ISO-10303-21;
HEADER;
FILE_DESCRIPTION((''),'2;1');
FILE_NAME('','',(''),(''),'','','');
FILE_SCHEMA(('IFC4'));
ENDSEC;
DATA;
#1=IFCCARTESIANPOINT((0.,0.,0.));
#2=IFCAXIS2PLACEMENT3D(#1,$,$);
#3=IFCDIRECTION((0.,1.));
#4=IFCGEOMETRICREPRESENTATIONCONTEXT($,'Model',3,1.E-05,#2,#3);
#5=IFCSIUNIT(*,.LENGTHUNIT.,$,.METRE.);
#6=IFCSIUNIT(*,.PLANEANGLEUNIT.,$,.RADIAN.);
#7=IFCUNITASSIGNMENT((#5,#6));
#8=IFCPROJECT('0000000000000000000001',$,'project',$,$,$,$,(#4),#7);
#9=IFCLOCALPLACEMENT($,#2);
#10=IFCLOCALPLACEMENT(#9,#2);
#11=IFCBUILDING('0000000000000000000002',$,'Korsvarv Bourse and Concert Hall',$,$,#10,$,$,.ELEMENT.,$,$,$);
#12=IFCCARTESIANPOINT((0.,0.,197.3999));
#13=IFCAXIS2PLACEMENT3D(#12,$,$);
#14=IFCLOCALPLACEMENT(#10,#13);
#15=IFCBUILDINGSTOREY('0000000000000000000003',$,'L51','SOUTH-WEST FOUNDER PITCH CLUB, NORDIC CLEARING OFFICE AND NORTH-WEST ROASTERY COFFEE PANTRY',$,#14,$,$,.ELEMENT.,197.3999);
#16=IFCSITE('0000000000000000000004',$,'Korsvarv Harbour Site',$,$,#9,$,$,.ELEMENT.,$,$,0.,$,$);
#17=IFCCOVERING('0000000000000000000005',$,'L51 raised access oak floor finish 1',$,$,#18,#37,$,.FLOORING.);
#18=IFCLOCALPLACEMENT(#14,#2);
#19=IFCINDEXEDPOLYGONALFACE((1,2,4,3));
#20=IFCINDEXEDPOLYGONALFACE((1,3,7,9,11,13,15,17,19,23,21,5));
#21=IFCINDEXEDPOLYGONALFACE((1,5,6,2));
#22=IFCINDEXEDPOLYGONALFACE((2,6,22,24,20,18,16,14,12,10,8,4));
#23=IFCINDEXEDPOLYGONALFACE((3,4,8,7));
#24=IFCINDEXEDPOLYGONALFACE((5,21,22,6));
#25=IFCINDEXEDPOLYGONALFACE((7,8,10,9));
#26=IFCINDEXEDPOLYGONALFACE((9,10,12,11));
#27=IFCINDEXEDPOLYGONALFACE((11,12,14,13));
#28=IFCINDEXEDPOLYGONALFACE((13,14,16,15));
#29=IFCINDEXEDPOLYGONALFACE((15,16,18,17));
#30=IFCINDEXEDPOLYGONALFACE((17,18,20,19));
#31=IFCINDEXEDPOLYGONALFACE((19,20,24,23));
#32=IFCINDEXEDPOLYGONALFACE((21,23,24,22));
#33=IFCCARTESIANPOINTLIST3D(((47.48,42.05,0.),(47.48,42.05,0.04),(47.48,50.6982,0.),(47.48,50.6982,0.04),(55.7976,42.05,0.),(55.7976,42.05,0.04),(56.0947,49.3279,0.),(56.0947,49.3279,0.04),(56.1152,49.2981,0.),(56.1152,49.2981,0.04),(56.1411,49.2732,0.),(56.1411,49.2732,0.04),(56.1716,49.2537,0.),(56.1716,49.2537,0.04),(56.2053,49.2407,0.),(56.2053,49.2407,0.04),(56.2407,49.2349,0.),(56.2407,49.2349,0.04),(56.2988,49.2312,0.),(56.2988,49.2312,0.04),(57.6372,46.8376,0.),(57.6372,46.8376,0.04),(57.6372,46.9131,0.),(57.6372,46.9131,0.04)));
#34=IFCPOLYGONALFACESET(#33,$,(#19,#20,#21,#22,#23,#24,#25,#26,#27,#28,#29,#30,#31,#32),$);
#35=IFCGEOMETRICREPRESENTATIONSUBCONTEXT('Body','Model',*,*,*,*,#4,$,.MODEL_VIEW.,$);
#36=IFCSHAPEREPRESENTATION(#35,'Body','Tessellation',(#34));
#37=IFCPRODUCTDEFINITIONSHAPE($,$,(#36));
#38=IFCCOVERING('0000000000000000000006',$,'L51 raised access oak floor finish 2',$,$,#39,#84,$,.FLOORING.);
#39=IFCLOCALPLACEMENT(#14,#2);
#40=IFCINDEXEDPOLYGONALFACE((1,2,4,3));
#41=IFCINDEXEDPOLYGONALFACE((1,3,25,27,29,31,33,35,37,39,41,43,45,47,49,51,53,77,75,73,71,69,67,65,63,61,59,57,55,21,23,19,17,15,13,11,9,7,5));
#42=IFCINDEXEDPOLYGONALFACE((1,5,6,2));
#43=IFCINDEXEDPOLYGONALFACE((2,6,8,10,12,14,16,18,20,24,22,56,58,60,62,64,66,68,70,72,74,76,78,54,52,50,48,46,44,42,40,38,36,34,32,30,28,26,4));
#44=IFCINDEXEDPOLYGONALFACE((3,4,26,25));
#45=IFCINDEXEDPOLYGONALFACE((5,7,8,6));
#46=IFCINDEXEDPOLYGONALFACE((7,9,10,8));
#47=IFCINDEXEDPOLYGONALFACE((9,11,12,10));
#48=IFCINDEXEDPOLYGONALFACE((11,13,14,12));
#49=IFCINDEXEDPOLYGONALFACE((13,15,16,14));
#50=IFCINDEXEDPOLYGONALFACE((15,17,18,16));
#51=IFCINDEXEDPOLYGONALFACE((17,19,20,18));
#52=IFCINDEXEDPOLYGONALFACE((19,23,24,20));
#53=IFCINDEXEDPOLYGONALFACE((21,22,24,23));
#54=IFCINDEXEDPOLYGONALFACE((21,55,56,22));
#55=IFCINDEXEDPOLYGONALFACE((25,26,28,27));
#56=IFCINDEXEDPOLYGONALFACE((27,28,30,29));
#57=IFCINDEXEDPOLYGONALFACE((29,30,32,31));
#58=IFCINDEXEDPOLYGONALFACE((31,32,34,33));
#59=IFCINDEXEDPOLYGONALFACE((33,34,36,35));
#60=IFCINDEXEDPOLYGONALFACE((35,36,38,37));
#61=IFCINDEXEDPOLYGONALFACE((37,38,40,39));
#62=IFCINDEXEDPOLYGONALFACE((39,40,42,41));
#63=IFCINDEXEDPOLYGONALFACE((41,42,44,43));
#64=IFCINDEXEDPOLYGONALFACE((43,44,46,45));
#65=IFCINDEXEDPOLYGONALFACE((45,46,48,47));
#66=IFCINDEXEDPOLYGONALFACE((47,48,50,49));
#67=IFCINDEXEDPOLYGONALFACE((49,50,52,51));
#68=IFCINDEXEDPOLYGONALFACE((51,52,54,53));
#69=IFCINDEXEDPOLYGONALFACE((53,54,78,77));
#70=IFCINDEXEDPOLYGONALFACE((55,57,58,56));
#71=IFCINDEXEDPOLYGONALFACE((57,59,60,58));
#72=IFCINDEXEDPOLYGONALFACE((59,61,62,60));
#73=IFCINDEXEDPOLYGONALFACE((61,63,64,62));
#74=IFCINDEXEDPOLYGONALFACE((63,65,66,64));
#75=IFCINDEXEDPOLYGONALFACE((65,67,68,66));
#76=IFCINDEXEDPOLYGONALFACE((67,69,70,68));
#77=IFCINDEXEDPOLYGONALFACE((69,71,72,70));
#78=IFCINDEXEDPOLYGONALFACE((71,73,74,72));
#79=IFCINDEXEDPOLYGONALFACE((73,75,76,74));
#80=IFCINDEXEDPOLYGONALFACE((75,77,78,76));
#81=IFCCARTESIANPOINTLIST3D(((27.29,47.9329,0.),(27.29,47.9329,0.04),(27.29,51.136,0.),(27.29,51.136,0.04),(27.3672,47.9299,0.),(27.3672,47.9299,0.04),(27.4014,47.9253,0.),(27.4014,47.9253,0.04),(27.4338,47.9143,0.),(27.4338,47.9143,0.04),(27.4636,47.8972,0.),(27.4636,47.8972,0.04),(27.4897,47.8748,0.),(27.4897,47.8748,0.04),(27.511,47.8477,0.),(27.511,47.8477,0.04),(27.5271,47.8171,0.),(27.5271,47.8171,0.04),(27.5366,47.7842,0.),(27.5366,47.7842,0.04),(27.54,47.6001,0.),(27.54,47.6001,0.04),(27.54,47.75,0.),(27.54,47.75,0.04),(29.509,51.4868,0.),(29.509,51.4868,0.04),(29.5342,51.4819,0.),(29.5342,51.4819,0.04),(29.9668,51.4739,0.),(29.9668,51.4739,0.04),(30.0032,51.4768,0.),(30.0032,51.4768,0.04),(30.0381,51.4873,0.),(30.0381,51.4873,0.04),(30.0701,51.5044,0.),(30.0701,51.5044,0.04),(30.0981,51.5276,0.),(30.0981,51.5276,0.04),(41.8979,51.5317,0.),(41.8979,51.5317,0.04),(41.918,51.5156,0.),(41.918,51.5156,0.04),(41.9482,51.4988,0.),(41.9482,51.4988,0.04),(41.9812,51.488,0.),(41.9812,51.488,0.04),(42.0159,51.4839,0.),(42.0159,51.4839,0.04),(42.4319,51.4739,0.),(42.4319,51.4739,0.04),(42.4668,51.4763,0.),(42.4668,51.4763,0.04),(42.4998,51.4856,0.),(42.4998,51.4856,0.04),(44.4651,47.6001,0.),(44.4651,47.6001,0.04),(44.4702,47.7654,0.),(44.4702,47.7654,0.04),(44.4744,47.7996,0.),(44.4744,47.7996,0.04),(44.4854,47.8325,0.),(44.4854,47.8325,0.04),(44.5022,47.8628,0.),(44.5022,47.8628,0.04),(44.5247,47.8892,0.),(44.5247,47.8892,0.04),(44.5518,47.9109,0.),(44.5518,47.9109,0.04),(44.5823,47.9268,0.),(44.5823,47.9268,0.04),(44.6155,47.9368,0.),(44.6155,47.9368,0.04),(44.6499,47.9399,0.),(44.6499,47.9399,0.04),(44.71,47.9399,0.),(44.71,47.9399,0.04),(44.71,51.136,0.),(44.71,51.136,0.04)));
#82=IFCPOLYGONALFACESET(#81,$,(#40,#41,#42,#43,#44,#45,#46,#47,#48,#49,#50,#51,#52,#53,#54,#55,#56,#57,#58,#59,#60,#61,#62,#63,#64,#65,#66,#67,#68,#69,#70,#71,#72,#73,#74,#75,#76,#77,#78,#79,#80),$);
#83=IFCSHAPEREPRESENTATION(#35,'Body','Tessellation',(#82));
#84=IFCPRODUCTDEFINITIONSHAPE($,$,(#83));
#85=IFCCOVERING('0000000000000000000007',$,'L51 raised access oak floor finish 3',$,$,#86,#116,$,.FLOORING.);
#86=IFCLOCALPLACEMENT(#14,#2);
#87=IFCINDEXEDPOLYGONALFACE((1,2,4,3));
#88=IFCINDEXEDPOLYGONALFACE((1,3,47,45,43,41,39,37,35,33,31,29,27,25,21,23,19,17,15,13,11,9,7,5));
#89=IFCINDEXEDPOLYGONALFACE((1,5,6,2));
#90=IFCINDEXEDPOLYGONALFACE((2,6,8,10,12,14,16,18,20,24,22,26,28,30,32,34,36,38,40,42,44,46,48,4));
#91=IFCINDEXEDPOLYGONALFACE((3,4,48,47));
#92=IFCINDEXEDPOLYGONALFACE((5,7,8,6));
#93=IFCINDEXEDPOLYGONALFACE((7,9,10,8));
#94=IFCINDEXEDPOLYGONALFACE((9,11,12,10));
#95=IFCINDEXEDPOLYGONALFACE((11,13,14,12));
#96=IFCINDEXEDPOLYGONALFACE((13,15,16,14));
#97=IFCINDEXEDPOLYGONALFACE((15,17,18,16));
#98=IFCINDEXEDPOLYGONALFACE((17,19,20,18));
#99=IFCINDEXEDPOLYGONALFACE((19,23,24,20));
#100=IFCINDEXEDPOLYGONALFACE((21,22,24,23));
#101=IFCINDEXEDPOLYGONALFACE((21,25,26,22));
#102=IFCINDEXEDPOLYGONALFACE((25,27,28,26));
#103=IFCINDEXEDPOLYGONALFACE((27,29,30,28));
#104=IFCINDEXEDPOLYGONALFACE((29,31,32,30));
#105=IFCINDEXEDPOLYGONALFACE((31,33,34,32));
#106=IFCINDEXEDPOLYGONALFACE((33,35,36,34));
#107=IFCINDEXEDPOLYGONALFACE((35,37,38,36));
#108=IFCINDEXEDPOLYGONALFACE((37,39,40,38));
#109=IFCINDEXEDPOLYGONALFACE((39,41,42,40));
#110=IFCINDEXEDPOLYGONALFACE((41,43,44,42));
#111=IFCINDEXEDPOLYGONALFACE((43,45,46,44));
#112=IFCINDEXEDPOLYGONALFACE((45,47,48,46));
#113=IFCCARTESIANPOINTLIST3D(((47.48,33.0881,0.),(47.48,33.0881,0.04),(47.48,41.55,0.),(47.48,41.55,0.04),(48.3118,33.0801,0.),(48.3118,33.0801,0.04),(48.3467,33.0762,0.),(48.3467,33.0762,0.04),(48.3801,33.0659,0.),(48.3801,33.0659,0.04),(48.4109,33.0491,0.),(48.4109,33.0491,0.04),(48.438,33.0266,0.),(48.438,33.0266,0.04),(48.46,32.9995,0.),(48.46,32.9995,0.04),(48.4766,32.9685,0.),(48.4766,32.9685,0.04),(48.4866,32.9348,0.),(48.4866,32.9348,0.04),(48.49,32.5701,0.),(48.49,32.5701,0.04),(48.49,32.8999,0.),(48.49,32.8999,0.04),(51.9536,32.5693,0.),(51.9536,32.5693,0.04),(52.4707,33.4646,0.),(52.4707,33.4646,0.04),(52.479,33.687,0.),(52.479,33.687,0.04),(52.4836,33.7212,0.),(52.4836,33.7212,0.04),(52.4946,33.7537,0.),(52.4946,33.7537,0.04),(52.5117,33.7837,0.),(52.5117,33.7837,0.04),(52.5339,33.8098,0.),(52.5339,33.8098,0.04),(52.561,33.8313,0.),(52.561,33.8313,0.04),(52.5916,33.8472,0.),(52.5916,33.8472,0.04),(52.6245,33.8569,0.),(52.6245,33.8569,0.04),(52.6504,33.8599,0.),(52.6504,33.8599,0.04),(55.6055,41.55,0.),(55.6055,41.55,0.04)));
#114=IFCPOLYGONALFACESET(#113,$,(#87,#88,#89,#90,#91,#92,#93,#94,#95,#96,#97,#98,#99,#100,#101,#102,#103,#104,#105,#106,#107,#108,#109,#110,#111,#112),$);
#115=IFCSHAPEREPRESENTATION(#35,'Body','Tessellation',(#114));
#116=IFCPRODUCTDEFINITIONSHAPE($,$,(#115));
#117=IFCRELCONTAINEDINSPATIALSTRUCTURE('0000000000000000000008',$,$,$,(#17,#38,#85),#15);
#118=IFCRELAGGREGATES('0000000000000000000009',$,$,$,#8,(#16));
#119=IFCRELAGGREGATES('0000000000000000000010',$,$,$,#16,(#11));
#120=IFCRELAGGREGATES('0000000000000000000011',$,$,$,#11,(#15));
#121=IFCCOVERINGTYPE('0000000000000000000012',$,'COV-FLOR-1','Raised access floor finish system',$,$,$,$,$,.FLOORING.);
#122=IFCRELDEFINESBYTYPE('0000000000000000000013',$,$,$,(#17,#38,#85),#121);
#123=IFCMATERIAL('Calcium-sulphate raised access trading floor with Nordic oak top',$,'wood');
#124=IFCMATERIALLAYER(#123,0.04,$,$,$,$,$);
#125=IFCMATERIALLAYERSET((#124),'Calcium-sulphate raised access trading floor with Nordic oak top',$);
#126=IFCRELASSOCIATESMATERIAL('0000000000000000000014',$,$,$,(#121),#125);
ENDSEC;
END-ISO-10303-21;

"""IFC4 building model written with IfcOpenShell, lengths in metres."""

from ifc_helpers import new_model, si_unit, direction, frame, origin, place, context, subcontext, project, spatial, polyline, outline, extrude, material, layer, layer_set, type_object, element, save


model = new_model("IFC4")

# Units and contexts
model_context = context("Model", 3, precision=1e-05, world=origin(), true_north=direction((0.0, 1.0)))
body_context = subcontext(model_context, "Body", "Model", "MODEL_VIEW")
ifc_project = project(units=[si_unit("LENGTHUNIT", "METRE"), si_unit("PLANEANGLEUNIT", "RADIAN")], contexts=[model_context])

# Site, building, storey
site_placement = place(None, origin())
site = spatial("IfcSite", under=ifc_project, at=site_placement, Name="Korsvarv Harbour Site", CompositionType="ELEMENT", RefElevation=0.0)
building_placement = place(site_placement, origin())
building = spatial("IfcBuilding", under=site, at=building_placement, Name="Korsvarv Bourse and Concert Hall", CompositionType="ELEMENT")
storey_placement = place(building_placement, frame((0.0, 0.0, 197.3999)))
storey = spatial("IfcBuildingStorey", under=building, at=storey_placement, Name="L51", Description="SOUTH-WEST FOUNDER PITCH CLUB, NORDIC CLEARING OFFICE AND NORTH-WEST ROASTERY COFFEE PANTRY", CompositionType="ELEMENT", Elevation=197.3999)

# Coverings
ifc_material_1 = material(Name="Calcium-sulphate raised access trading floor with Nordic oak top", Category="wood")
ifc_layer_1 = layer(ifc_material_1, 0.04)
ifc_layer_set_1 = layer_set([ifc_layer_1], Name="Calcium-sulphate raised access trading floor with Nordic oak top")
covering_type_1 = type_object("IfcCoveringType", Name="COV-FLOR-1", Description="Raised access floor finish system", PredefinedType="FLOORING", material=ifc_layer_set_1)
covering_1_placement = place(storey_placement, origin())
element("IfcCovering", 1, at=covering_1_placement, inside=storey, type_object=covering_type_1, Name="L51 raised access oak floor finish 1", PredefinedType="FLOORING", context=body_context, shape_type="SweptSolid", body=[
    extrude(outline(polyline([(56.0947, 49.3279), (56.1152, 49.2981), (56.1411, 49.2732), (56.1716, 49.2537), (56.2053, 49.2407), (56.2407, 49.2349), (56.2988, 49.2312), (57.6372, 46.9131), (57.6372, 46.8376), (55.7976, 42.05), (47.48, 42.05), (47.48, 50.6982), (56.0947, 49.3279)])), origin(), (0.0, 0.0, 1.0), 0.04),
])
covering_2_placement = place(storey_placement, origin())
element("IfcCovering", 2, at=covering_2_placement, inside=storey, type_object=covering_type_1, Name="L51 raised access oak floor finish 2", PredefinedType="FLOORING", context=body_context, shape_type="SweptSolid", body=[
    extrude(outline(polyline([(29.509, 51.4868), (29.5342, 51.4819), (29.9668, 51.4739), (30.0032, 51.4768), (30.0381, 51.4873), (30.0701, 51.5044), (30.0981, 51.5276), (41.8979, 51.5317), (41.918, 51.5156), (41.9482, 51.4988), (41.9812, 51.488), (42.0159, 51.4839), (42.4319, 51.4739), (42.4668, 51.4763), (42.4998, 51.4856), (44.71, 51.136), (44.71, 47.9399), (44.6499, 47.9399), (44.6155, 47.9368), (44.5823, 47.9268), (44.5518, 47.9109), (44.5247, 47.8892), (44.5022, 47.8628), (44.4854, 47.8325), (44.4744, 47.7996), (44.4702, 47.7654), (44.4651, 47.6001), (27.54, 47.6001), (27.54, 47.75), (27.5366, 47.7842), (27.5271, 47.8171), (27.511, 47.8477), (27.4897, 47.8748), (27.4636, 47.8972), (27.4338, 47.9143), (27.4014, 47.9253), (27.3672, 47.9299), (27.29, 47.9329), (27.29, 51.136), (29.509, 51.4868)])), origin(), (0.0, 0.0, 1.0), 0.04),
])
covering_3_placement = place(storey_placement, origin())
element("IfcCovering", 3, at=covering_3_placement, inside=storey, type_object=covering_type_1, Name="L51 raised access oak floor finish 3", PredefinedType="FLOORING", context=body_context, shape_type="SweptSolid", body=[
    extrude(outline(polyline([(48.49, 32.5701), (48.49, 32.8999), (48.4866, 32.9348), (48.4766, 32.9685), (48.46, 32.9995), (48.438, 33.0266), (48.4109, 33.0491), (48.3801, 33.0659), (48.3467, 33.0762), (48.3118, 33.0801), (47.48, 33.0881), (47.48, 41.55), (55.6055, 41.55), (52.6504, 33.8599), (52.6245, 33.8569), (52.5916, 33.8472), (52.561, 33.8313), (52.5339, 33.8098), (52.5117, 33.7837), (52.4946, 33.7537), (52.4836, 33.7212), (52.479, 33.687), (52.4707, 33.4646), (51.9536, 32.5693), (48.49, 32.5701)])), origin(), (0.0, 0.0, 1.0), 0.04),
])

save(model, "model.ifc")
